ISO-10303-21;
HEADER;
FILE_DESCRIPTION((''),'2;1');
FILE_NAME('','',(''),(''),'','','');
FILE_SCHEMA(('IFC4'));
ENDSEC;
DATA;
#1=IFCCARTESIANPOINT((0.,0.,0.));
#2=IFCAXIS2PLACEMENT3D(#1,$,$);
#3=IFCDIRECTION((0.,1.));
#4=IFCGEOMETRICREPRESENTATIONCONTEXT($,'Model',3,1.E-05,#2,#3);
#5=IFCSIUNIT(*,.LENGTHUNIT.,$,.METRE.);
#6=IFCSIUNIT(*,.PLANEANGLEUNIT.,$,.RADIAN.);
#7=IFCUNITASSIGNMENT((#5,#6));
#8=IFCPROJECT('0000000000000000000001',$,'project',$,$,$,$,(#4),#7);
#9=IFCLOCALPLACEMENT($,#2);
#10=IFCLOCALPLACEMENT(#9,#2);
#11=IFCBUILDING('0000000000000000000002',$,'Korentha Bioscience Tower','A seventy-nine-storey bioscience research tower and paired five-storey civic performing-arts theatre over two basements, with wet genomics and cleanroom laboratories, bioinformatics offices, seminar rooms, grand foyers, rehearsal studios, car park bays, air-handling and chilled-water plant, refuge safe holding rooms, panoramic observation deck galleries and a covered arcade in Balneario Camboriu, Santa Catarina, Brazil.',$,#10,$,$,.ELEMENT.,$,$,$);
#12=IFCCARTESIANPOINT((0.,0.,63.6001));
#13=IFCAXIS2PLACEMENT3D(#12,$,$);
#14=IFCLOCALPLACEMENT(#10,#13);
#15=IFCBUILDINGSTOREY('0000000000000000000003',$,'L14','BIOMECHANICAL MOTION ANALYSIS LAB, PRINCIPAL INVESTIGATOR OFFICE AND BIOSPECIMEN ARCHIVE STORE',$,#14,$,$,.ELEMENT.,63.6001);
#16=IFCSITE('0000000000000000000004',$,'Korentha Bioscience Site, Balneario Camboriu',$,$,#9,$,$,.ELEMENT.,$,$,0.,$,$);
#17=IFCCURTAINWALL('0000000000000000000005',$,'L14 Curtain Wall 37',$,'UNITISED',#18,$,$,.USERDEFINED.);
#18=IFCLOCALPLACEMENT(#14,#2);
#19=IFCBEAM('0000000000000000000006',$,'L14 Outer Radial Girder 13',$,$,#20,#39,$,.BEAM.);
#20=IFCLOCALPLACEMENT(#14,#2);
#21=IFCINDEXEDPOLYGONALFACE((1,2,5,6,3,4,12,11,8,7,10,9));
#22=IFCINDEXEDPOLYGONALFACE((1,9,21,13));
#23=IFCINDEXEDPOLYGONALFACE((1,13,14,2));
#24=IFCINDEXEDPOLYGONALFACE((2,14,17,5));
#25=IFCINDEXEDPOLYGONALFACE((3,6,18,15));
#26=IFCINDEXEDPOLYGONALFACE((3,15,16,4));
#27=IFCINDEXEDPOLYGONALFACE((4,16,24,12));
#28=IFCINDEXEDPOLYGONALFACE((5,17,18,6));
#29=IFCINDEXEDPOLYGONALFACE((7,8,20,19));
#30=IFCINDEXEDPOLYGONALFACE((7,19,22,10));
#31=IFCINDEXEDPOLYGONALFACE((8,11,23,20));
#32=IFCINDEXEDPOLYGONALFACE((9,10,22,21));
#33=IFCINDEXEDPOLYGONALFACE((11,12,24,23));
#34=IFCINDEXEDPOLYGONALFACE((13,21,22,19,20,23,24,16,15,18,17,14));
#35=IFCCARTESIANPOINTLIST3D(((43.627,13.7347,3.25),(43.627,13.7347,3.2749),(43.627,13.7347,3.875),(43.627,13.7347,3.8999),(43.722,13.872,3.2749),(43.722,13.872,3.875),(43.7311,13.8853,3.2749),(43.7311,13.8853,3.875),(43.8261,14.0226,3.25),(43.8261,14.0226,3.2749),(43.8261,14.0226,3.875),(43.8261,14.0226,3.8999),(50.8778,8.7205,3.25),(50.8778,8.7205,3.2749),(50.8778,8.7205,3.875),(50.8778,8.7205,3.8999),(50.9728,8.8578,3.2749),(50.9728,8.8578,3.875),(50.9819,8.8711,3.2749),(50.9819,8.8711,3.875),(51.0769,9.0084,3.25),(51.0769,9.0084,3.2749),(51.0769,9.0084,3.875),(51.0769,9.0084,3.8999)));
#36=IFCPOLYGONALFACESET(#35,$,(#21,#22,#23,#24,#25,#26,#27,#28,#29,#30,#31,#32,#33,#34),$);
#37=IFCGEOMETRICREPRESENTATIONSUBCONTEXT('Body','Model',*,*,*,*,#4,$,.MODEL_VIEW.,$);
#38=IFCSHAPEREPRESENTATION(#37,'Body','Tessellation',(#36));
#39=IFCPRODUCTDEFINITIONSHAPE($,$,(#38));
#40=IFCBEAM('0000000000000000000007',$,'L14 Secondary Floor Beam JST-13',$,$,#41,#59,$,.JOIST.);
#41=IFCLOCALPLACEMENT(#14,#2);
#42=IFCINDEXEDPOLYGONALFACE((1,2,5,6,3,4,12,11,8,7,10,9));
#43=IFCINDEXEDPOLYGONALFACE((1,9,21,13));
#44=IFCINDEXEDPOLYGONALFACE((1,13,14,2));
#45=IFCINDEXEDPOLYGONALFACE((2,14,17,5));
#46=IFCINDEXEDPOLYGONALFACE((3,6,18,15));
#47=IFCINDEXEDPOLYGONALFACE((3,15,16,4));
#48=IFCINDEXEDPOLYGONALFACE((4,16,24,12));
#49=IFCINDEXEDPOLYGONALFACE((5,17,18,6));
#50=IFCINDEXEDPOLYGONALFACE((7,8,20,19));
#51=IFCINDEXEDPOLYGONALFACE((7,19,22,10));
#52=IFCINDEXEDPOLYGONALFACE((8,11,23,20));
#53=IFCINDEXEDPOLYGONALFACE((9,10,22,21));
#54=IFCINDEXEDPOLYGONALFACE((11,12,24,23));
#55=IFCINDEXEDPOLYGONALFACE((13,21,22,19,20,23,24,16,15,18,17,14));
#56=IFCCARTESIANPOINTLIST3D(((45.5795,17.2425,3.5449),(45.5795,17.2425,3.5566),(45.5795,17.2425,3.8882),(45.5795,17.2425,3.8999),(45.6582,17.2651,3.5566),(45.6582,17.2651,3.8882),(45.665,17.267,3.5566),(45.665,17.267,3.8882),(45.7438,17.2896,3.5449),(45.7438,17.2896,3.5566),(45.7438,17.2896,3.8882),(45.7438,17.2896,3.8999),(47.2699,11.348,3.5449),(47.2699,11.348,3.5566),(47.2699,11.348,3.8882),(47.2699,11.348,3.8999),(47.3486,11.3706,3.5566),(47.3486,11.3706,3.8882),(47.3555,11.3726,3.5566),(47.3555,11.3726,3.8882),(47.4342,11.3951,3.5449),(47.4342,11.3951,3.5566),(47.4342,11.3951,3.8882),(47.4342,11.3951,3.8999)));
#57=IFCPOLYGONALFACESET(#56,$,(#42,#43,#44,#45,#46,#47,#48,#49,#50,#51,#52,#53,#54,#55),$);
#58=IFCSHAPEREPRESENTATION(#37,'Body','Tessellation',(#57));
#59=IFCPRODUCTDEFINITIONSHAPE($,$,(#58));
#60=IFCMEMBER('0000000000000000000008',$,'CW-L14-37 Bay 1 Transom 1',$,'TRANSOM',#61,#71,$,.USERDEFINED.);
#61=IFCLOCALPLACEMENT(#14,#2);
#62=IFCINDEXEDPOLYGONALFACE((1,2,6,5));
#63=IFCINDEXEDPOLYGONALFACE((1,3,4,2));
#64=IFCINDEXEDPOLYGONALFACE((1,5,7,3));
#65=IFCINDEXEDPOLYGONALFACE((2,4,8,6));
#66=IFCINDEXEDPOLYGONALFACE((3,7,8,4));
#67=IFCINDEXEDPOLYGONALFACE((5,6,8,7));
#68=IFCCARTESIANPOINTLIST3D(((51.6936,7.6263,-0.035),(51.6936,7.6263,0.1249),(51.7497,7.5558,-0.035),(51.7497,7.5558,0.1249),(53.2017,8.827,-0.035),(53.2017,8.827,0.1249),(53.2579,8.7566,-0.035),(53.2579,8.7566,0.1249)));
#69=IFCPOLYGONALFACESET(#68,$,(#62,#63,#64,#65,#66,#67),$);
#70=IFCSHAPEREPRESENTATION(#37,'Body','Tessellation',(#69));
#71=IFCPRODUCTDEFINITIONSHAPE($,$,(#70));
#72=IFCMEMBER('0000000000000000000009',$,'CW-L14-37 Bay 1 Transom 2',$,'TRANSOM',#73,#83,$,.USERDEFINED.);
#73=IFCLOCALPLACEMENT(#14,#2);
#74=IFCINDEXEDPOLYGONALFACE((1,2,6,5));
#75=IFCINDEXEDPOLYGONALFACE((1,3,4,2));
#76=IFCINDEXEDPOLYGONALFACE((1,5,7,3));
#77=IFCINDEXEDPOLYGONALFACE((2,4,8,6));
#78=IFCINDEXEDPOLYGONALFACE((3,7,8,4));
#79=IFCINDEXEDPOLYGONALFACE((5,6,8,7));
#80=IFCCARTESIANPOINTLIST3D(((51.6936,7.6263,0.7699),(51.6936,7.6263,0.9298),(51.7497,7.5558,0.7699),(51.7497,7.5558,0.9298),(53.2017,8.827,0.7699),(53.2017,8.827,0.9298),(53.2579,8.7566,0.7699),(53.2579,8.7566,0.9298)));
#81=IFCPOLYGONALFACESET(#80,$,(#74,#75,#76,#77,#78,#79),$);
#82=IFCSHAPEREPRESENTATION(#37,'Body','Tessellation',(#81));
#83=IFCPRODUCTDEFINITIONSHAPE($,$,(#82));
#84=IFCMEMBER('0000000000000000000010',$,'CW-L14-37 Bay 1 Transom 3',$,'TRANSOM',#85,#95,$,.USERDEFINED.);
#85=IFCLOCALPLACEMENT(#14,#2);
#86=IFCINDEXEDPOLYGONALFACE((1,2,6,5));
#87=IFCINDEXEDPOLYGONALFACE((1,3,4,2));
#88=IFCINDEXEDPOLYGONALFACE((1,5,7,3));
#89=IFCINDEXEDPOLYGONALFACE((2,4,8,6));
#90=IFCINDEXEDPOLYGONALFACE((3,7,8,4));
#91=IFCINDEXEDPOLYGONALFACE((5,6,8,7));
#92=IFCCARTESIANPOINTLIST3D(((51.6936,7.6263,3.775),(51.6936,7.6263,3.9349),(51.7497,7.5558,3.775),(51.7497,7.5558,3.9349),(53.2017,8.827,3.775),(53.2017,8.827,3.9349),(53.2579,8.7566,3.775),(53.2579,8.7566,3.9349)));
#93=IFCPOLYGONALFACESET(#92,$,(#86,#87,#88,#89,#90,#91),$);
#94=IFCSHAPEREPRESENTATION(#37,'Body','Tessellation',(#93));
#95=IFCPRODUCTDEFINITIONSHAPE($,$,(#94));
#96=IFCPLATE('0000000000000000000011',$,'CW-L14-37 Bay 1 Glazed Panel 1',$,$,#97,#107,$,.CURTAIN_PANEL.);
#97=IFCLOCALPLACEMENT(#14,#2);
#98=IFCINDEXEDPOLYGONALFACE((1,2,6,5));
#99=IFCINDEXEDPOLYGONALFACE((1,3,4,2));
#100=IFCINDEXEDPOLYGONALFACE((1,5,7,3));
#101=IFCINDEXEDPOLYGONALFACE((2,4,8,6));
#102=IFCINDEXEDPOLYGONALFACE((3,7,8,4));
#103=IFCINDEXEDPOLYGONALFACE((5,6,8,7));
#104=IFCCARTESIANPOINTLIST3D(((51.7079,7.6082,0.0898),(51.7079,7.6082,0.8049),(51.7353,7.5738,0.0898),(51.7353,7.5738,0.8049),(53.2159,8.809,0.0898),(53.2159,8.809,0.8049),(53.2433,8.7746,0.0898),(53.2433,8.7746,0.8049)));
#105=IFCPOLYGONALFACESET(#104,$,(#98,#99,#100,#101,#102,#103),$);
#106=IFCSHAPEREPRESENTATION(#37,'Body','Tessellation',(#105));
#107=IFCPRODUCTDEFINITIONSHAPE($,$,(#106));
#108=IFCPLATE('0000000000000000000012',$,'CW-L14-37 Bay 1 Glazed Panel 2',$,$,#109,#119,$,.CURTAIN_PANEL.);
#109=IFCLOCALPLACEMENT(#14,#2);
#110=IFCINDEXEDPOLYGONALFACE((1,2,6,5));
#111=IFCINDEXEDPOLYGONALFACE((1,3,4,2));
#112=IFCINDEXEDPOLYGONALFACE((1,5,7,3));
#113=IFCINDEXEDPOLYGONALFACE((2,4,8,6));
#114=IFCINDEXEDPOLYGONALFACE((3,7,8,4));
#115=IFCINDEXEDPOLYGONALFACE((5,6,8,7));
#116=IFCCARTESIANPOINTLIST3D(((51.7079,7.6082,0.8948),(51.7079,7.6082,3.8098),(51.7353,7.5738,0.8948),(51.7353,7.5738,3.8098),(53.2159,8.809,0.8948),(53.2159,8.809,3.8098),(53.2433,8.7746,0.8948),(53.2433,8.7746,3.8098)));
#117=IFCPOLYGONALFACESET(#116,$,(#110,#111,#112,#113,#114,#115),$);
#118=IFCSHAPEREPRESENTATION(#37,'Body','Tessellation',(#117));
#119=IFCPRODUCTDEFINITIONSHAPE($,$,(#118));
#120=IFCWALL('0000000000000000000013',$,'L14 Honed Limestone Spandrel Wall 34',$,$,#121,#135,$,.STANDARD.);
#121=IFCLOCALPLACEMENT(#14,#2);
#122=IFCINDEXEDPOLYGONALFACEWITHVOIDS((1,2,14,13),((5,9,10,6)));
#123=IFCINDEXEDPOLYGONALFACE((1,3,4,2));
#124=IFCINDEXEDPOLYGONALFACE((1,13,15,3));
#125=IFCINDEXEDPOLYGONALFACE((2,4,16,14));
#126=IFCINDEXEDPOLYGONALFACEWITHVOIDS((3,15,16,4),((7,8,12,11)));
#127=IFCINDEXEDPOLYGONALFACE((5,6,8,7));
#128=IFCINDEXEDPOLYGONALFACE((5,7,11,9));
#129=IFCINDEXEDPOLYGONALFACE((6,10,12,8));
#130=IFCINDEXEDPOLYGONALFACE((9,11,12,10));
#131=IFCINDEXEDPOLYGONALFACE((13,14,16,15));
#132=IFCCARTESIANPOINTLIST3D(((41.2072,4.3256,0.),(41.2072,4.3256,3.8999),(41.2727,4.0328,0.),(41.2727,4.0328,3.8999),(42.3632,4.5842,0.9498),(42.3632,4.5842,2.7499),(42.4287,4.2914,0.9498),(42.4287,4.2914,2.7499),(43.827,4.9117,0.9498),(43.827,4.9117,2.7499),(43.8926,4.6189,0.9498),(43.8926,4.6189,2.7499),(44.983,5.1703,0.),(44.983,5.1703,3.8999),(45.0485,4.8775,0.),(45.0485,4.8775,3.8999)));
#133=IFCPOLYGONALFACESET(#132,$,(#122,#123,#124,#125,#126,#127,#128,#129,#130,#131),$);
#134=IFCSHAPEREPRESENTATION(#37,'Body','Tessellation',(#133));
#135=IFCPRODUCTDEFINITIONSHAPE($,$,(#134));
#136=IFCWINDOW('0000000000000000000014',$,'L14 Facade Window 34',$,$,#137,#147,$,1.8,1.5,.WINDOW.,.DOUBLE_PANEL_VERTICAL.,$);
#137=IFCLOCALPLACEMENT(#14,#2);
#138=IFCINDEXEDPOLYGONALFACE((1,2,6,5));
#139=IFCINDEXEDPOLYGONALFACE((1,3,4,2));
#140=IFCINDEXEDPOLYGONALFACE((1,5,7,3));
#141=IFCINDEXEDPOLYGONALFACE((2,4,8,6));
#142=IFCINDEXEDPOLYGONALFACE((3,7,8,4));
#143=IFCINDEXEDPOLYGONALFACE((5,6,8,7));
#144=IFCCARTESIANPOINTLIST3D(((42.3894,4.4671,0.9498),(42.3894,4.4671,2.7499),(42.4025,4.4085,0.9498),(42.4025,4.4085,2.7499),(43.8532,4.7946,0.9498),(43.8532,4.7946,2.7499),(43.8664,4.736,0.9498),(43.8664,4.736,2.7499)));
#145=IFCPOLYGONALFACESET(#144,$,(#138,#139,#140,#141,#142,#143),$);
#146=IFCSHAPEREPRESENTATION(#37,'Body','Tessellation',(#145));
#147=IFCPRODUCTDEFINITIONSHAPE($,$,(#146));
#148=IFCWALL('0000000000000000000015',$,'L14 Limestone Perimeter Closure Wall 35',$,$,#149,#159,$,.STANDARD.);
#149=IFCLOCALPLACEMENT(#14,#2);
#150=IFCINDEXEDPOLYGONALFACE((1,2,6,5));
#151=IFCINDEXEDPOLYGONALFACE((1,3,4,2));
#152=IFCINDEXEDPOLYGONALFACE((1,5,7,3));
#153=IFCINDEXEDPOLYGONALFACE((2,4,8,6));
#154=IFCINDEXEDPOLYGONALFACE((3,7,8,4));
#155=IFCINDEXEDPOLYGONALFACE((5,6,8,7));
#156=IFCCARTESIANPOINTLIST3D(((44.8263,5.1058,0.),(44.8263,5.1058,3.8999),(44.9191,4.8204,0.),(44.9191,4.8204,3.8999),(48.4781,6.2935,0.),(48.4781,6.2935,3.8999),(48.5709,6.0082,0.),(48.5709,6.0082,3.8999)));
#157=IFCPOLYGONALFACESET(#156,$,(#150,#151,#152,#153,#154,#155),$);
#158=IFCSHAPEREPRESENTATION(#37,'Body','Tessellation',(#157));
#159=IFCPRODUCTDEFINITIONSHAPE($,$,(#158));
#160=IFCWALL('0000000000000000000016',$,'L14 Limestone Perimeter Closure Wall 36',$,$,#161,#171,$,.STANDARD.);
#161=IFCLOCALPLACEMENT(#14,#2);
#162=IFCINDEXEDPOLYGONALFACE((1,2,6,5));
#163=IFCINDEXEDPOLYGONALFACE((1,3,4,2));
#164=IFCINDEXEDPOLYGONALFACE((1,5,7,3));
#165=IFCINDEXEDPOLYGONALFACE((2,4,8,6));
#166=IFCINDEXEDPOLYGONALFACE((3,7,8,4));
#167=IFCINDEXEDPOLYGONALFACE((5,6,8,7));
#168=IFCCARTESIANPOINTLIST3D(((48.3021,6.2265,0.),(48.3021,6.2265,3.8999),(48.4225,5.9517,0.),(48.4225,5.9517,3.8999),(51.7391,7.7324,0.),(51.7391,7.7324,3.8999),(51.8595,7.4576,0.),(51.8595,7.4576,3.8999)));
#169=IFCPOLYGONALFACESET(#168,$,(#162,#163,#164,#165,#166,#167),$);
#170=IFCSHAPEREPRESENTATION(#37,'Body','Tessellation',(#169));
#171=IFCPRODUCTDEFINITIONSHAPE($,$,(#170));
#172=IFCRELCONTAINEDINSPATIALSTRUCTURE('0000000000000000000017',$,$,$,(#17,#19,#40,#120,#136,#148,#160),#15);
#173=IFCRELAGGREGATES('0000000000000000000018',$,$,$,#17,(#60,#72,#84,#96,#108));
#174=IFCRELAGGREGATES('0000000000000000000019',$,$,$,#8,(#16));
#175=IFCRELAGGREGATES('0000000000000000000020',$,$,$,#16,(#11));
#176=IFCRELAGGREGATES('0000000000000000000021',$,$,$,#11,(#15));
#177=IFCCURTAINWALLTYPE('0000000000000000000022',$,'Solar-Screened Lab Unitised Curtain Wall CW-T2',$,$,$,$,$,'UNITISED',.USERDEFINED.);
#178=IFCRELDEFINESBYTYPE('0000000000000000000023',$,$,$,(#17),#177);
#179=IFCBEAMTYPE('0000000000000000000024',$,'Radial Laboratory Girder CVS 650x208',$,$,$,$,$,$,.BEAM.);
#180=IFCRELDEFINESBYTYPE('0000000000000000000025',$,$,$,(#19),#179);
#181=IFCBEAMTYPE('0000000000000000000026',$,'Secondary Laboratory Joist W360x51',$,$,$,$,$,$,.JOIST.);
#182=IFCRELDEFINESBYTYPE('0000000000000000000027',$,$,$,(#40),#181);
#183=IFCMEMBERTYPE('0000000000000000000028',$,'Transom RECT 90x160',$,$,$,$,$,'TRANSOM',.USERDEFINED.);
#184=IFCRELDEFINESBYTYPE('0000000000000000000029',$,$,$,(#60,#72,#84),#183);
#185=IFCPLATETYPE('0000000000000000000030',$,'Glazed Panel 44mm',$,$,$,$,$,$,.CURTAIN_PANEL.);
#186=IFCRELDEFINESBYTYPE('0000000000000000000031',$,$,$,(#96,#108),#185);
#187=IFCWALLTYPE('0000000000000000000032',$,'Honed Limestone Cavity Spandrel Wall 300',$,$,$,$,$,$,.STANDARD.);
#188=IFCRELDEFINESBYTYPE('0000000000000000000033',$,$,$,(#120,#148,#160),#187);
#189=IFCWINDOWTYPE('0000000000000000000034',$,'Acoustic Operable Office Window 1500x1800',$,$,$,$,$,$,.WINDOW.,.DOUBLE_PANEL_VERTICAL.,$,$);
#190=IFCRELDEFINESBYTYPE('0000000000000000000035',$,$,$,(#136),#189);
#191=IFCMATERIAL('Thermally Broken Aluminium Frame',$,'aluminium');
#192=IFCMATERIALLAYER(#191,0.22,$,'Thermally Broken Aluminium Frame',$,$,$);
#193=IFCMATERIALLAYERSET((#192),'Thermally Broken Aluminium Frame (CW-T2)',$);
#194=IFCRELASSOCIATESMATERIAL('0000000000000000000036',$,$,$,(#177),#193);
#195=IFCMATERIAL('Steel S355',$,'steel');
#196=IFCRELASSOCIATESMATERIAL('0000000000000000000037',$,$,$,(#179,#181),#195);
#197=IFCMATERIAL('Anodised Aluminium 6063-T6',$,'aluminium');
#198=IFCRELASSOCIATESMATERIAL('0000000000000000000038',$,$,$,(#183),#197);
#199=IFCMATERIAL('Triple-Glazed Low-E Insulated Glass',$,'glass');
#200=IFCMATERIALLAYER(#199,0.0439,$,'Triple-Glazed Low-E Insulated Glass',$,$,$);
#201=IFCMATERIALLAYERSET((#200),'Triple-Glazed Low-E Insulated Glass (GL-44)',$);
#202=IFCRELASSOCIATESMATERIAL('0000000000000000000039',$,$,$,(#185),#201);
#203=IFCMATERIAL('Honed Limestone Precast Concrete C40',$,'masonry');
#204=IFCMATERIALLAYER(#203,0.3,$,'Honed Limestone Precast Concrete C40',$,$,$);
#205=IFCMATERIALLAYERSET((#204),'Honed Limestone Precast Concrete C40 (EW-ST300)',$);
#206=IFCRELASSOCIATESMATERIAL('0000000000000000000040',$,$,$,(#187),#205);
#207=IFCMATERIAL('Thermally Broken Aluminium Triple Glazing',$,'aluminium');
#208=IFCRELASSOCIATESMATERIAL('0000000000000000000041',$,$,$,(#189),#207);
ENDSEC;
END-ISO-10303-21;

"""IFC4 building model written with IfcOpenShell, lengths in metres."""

from ifc_helpers import new_model, si_unit, direction, frame, frame_2d, origin, origin_2d, place, context, subcontext, project, spatial, rectangle, i_section, extrude, material, layer, layer_set, material_profile, profile_set, type_object, element, fill, aggregate, save


model = new_model("IFC4")

# Units and contexts
model_context = context("Model", 3, precision=1e-05, world=origin(), true_north=direction((0.0, 1.0)))
body_context = subcontext(model_context, "Body", "Model", "MODEL_VIEW")
ifc_project = project(units=[si_unit("LENGTHUNIT", "METRE"), si_unit("PLANEANGLEUNIT", "RADIAN")], contexts=[model_context])

# Site, building, storey
site_placement = place(None, origin())
site = spatial("IfcSite", under=ifc_project, at=site_placement, Name="Korentha Bioscience Site, Balneario Camboriu", CompositionType="ELEMENT", RefElevation=0.0)
building_placement = place(site_placement, origin())
building = spatial("IfcBuilding", under=site, at=building_placement, Name="Korentha Bioscience Tower", Description="A seventy-nine-storey bioscience research tower and paired five-storey civic performing-arts theatre over two basements, with wet genomics and cleanroom laboratories, bioinformatics offices, seminar rooms, grand foyers, rehearsal studios, car park bays, air-handling and chilled-water plant, refuge safe holding rooms, panoramic observation deck galleries and a covered arcade in Balneario Camboriu, Santa Catarina, Brazil.", CompositionType="ELEMENT")
storey_placement = place(building_placement, frame((0.0, 0.0, 63.6001)))
storey = spatial("IfcBuildingStorey", under=building, at=storey_placement, Name="L14", Description="BIOMECHANICAL MOTION ANALYSIS LAB, PRINCIPAL INVESTIGATOR OFFICE AND BIOSPECIMEN ARCHIVE STORE", CompositionType="ELEMENT", Elevation=63.6001)

# Shared definitions
ifc_material_1 = material(Name="Steel S355", Category="steel")

# Curtain wall
ifc_material_2 = material(Name="Thermally Broken Aluminium Frame", Category="aluminium")
ifc_layer_1 = layer(ifc_material_2, 0.22, Name="Thermally Broken Aluminium Frame")
ifc_layer_set_1 = layer_set([ifc_layer_1], Name="Thermally Broken Aluminium Frame (CW-T2)")
curtain_wall_type = type_object("IfcCurtainWallType", Name="Solar-Screened Lab Unitised Curtain Wall CW-T2", ElementType="UNITISED", PredefinedType="USERDEFINED", material=ifc_layer_set_1)
curtain_wall_placement = place(storey_placement, origin())
curtain_wall = element("IfcCurtainWall", 1, at=curtain_wall_placement, inside=storey, type_object=curtain_wall_type, Name="L14 Curtain Wall 37", ObjectType="UNITISED", PredefinedType="USERDEFINED")
ifc_material_3 = material(Name="Anodised Aluminium 6063-T6", Category="aluminium")

# Beams
ifc_material_profile_1 = material_profile(ifc_material_1, i_section(OverallWidth=0.3501, OverallDepth=0.6499, WebThickness=0.0161, FlangeThickness=0.0249, at=origin_2d()), Name="Steel S355")
ifc_profile_set_1 = profile_set([ifc_material_profile_1], Name="Steel S355 (RB-650)")
beam_type_1 = type_object("IfcBeamType", Name="Radial Laboratory Girder CVS 650x208", PredefinedType="BEAM", material=ifc_profile_set_1)
beam_1_placement = place(storey_placement, frame((43.7266, 13.8787, 3.575), z_axis=(0.822488, -0.568782, 0.0), x_axis=(0.568782, 0.822488, 0.0)))
element("IfcBeam", 2, at=beam_1_placement, inside=storey, type_object=beam_type_1, Name="L14 Outer Radial Girder 13", PredefinedType="BEAM", context=body_context, shape_type="SweptSolid", body=[
    extrude(i_section(OverallWidth=0.3501, OverallDepth=0.6499, WebThickness=0.0161, FlangeThickness=0.0249, at=origin_2d()), origin(), (0.0, 0.0, 1.0), 8.8157),
])
ifc_material_profile_2 = material_profile(ifc_material_1, i_section(OverallWidth=0.1709, OverallDepth=0.355, WebThickness=0.0071, FlangeThickness=0.0117, at=origin_2d()), Name="Steel S355")
ifc_profile_set_2 = profile_set([ifc_material_profile_2], Name="Steel S355 (JB-360)")
beam_type_2 = type_object("IfcBeamType", Name="Secondary Laboratory Joist W360x51", PredefinedType="JOIST", material=ifc_profile_set_2)
beam_2_placement = place(storey_placement, frame((47.3521, 11.3716, 3.7224), z_axis=(-0.275668, 0.961253, 0.0), x_axis=(-0.961253, -0.275668, 0.0)))
element("IfcBeam", 3, at=beam_2_placement, inside=storey, type_object=beam_type_2, Name="L14 Secondary Floor Beam JST-13", PredefinedType="JOIST", context=body_context, shape_type="SweptSolid", body=[
    extrude(i_section(OverallWidth=0.1709, OverallDepth=0.355, WebThickness=0.0071, FlangeThickness=0.0117, at=origin_2d()), origin(), (0.0, 0.0, 1.0), 6.1321),
])

# Members
ifc_material_profile_3 = material_profile(ifc_material_3, rectangle(XDim=0.0901, YDim=0.1599, at=origin_2d()), Name="Anodised Aluminium 6063-T6")
ifc_profile_set_3 = profile_set([ifc_material_profile_3], Name="Anodised Aluminium 6063-T6 (CW-TRN)")
member_type_1 = type_object("IfcMemberType", Name="Transom RECT 90x160", ElementType="TRANSOM", PredefinedType="USERDEFINED", material=ifc_profile_set_3)
member_1_placement = place(storey_placement, frame((51.7217, 7.5911, 0.0449), z_axis=(0.782325, 0.622871, 0.0), x_axis=(-0.622871, 0.782325, 0.0)))
member_1 = element("IfcMember", 4, at=member_1_placement, type_object=member_type_1, Name="CW-L14-37 Bay 1 Transom 1", ObjectType="TRANSOM", PredefinedType="USERDEFINED", context=body_context, shape_type="SweptSolid", body=[
    extrude(rectangle(XDim=0.0901, YDim=0.1599, at=origin_2d()), origin(), (0.0, 0.0, 1.0), 1.9277),
])
member_2_placement = place(storey_placement, frame((51.7217, 7.5911, 0.8499), z_axis=(0.782325, 0.622871, 0.0), x_axis=(-0.622871, 0.782325, 0.0)))
member_2 = element("IfcMember", 5, at=member_2_placement, type_object=member_type_1, Name="CW-L14-37 Bay 1 Transom 2", ObjectType="TRANSOM", PredefinedType="USERDEFINED", context=body_context, shape_type="SweptSolid", body=[
    extrude(rectangle(XDim=0.0901, YDim=0.1599, at=origin_2d()), origin(), (0.0, 0.0, 1.0), 1.9277),
])
member_3_placement = place(storey_placement, frame((51.7217, 7.5911, 3.855), z_axis=(0.782325, 0.622871, 0.0), x_axis=(-0.622871, 0.782325, 0.0)))
member_3 = element("IfcMember", 6, at=member_3_placement, type_object=member_type_1, Name="CW-L14-37 Bay 1 Transom 3", ObjectType="TRANSOM", PredefinedType="USERDEFINED", context=body_context, shape_type="SweptSolid", body=[
    extrude(rectangle(XDim=0.0901, YDim=0.1599, at=origin_2d()), origin(), (0.0, 0.0, 1.0), 1.9277),
])

# Plates
ifc_material_4 = material(Name="Triple-Glazed Low-E Insulated Glass", Category="glass")
ifc_layer_2 = layer(ifc_material_4, 0.0439, Name="Triple-Glazed Low-E Insulated Glass")
ifc_layer_set_2 = layer_set([ifc_layer_2], Name="Triple-Glazed Low-E Insulated Glass (GL-44)")
plate_type = type_object("IfcPlateType", Name="Glazed Panel 44mm", PredefinedType="CURTAIN_PANEL", material=ifc_layer_set_2)
plate_1_placement = place(storey_placement, frame((52.4756, 8.1914, 0.0898), z_axis=(0.0, 0.0, 1.0), x_axis=(0.782288, 0.622917, 0.0)))
plate_1 = element("IfcPlate", 7, at=plate_1_placement, type_object=plate_type, Name="CW-L14-37 Bay 1 Glazed Panel 1", PredefinedType="CURTAIN_PANEL", context=body_context, shape_type="SweptSolid", body=[
    extrude(rectangle(XDim=1.9277, YDim=0.0439, at=origin_2d()), origin(), (0.0, 0.0, 1.0), 0.7151),
])
plate_2_placement = place(storey_placement, frame((52.4756, 8.1914, 0.8948), z_axis=(0.0, 0.0, 1.0), x_axis=(0.782288, 0.622917, 0.0)))
plate_2 = element("IfcPlate", 8, at=plate_2_placement, type_object=plate_type, Name="CW-L14-37 Bay 1 Glazed Panel 2", PredefinedType="CURTAIN_PANEL", context=body_context, shape_type="SweptSolid", body=[
    extrude(rectangle(XDim=1.9277, YDim=0.0439, at=origin_2d()), origin(), (0.0, 0.0, 1.0), 2.915),
])
aggregate(curtain_wall, [member_1, member_2, member_3, plate_1, plate_2])

# Wall, opening, window
ifc_material_5 = material(Name="Honed Limestone Precast Concrete C40", Category="masonry")
ifc_layer_3 = layer(ifc_material_5, 0.3, Name="Honed Limestone Precast Concrete C40")
ifc_layer_set_3 = layer_set([ifc_layer_3], Name="Honed Limestone Precast Concrete C40 (EW-ST300)")
wall_type = type_object("IfcWallType", Name="Honed Limestone Cavity Spandrel Wall 300", PredefinedType="STANDARD", material=ifc_layer_set_3)
wall_1_placement = place(storey_placement, frame((41.24, 4.1792, 0.0), z_axis=(0.0, 0.0, 1.0), x_axis=(0.975877, 0.21832, 0.0)))
wall_1 = element("IfcWall", 9, at=wall_1_placement, inside=storey, type_object=wall_type, Name="L14 Honed Limestone Spandrel Wall 34", PredefinedType="STANDARD", context=body_context, shape_type="SweptSolid", body=[
    extrude(rectangle(XDim=3.8691, YDim=0.3, at=frame_2d((1.9346, 0.0))), origin(), (0.0, 0.0, 1.0), 3.8999),
])
opening_placement = place(wall_1_placement, frame((1.1846, 0.0, 0.95)))
opening = element("IfcOpeningElement", 10, at=opening_placement, cuts=wall_1, PredefinedType="OPENING", context=body_context, shape_type="SweptSolid", body=[
    extrude(rectangle(XDim=1.5, YDim=1.8, at=frame_2d((0.75, 0.8999))), frame((0.0, 0.165, 0.0), z_axis=(0.0, -1.0, 0.0), x_axis=(1.0, 0.0, 0.0)), (0.0, 0.0, 1.0), 0.3298),
])
ifc_material_6 = material(Name="Thermally Broken Aluminium Triple Glazing", Category="aluminium")
window_type = type_object("IfcWindowType", Name="Acoustic Operable Office Window 1500x1800", PartitioningType="DOUBLE_PANEL_VERTICAL", PredefinedType="WINDOW", material=ifc_material_6)
window_placement = place(opening_placement, origin())
window = element("IfcWindow", 11, at=window_placement, inside=storey, type_object=window_type, Name="L14 Facade Window 34", OverallHeight=1.8, OverallWidth=1.5, PartitioningType="DOUBLE_PANEL_VERTICAL", PredefinedType="WINDOW", context=body_context, shape_type="SweptSolid", body=[
    extrude(rectangle(XDim=1.5, YDim=1.8, at=frame_2d((0.75, 0.8999))), frame((0.0, 0.03, 0.0), z_axis=(0.0, -1.0, 0.0), x_axis=(1.0, 0.0, 0.0)), (0.0, 0.0, 1.0), 0.0601),
])
fill(opening, window)

# Walls
wall_2_placement = place(storey_placement, frame((44.8728, 4.9631, 0.0), z_axis=(0.0, 0.0, 1.0), x_axis=(0.950966, 0.309296, 0.0)))
element("IfcWall", 12, at=wall_2_placement, inside=storey, type_object=wall_type, Name="L14 Limestone Perimeter Closure Wall 35", PredefinedType="STANDARD", context=body_context, shape_type="SweptSolid", body=[
    extrude(rectangle(XDim=3.8401, YDim=0.3, at=frame_2d((1.9199, 0.0))), origin(), (0.0, 0.0, 1.0), 3.8999),
])
wall_3_placement = place(storey_placement, frame((48.3623, 6.0891, 0.0), z_axis=(0.0, 0.0, 1.0), x_axis=(0.915945, 0.401303, 0.0)))
element("IfcWall", 13, at=wall_3_placement, inside=storey, type_object=wall_type, Name="L14 Limestone Perimeter Closure Wall 36", PredefinedType="STANDARD", context=body_context, shape_type="SweptSolid", body=[
    extrude(rectangle(XDim=3.7524, YDim=0.3, at=frame_2d((1.8762, 0.0))), origin(), (0.0, 0.0, 1.0), 3.8999),
])

save(model, "model.ifc")
